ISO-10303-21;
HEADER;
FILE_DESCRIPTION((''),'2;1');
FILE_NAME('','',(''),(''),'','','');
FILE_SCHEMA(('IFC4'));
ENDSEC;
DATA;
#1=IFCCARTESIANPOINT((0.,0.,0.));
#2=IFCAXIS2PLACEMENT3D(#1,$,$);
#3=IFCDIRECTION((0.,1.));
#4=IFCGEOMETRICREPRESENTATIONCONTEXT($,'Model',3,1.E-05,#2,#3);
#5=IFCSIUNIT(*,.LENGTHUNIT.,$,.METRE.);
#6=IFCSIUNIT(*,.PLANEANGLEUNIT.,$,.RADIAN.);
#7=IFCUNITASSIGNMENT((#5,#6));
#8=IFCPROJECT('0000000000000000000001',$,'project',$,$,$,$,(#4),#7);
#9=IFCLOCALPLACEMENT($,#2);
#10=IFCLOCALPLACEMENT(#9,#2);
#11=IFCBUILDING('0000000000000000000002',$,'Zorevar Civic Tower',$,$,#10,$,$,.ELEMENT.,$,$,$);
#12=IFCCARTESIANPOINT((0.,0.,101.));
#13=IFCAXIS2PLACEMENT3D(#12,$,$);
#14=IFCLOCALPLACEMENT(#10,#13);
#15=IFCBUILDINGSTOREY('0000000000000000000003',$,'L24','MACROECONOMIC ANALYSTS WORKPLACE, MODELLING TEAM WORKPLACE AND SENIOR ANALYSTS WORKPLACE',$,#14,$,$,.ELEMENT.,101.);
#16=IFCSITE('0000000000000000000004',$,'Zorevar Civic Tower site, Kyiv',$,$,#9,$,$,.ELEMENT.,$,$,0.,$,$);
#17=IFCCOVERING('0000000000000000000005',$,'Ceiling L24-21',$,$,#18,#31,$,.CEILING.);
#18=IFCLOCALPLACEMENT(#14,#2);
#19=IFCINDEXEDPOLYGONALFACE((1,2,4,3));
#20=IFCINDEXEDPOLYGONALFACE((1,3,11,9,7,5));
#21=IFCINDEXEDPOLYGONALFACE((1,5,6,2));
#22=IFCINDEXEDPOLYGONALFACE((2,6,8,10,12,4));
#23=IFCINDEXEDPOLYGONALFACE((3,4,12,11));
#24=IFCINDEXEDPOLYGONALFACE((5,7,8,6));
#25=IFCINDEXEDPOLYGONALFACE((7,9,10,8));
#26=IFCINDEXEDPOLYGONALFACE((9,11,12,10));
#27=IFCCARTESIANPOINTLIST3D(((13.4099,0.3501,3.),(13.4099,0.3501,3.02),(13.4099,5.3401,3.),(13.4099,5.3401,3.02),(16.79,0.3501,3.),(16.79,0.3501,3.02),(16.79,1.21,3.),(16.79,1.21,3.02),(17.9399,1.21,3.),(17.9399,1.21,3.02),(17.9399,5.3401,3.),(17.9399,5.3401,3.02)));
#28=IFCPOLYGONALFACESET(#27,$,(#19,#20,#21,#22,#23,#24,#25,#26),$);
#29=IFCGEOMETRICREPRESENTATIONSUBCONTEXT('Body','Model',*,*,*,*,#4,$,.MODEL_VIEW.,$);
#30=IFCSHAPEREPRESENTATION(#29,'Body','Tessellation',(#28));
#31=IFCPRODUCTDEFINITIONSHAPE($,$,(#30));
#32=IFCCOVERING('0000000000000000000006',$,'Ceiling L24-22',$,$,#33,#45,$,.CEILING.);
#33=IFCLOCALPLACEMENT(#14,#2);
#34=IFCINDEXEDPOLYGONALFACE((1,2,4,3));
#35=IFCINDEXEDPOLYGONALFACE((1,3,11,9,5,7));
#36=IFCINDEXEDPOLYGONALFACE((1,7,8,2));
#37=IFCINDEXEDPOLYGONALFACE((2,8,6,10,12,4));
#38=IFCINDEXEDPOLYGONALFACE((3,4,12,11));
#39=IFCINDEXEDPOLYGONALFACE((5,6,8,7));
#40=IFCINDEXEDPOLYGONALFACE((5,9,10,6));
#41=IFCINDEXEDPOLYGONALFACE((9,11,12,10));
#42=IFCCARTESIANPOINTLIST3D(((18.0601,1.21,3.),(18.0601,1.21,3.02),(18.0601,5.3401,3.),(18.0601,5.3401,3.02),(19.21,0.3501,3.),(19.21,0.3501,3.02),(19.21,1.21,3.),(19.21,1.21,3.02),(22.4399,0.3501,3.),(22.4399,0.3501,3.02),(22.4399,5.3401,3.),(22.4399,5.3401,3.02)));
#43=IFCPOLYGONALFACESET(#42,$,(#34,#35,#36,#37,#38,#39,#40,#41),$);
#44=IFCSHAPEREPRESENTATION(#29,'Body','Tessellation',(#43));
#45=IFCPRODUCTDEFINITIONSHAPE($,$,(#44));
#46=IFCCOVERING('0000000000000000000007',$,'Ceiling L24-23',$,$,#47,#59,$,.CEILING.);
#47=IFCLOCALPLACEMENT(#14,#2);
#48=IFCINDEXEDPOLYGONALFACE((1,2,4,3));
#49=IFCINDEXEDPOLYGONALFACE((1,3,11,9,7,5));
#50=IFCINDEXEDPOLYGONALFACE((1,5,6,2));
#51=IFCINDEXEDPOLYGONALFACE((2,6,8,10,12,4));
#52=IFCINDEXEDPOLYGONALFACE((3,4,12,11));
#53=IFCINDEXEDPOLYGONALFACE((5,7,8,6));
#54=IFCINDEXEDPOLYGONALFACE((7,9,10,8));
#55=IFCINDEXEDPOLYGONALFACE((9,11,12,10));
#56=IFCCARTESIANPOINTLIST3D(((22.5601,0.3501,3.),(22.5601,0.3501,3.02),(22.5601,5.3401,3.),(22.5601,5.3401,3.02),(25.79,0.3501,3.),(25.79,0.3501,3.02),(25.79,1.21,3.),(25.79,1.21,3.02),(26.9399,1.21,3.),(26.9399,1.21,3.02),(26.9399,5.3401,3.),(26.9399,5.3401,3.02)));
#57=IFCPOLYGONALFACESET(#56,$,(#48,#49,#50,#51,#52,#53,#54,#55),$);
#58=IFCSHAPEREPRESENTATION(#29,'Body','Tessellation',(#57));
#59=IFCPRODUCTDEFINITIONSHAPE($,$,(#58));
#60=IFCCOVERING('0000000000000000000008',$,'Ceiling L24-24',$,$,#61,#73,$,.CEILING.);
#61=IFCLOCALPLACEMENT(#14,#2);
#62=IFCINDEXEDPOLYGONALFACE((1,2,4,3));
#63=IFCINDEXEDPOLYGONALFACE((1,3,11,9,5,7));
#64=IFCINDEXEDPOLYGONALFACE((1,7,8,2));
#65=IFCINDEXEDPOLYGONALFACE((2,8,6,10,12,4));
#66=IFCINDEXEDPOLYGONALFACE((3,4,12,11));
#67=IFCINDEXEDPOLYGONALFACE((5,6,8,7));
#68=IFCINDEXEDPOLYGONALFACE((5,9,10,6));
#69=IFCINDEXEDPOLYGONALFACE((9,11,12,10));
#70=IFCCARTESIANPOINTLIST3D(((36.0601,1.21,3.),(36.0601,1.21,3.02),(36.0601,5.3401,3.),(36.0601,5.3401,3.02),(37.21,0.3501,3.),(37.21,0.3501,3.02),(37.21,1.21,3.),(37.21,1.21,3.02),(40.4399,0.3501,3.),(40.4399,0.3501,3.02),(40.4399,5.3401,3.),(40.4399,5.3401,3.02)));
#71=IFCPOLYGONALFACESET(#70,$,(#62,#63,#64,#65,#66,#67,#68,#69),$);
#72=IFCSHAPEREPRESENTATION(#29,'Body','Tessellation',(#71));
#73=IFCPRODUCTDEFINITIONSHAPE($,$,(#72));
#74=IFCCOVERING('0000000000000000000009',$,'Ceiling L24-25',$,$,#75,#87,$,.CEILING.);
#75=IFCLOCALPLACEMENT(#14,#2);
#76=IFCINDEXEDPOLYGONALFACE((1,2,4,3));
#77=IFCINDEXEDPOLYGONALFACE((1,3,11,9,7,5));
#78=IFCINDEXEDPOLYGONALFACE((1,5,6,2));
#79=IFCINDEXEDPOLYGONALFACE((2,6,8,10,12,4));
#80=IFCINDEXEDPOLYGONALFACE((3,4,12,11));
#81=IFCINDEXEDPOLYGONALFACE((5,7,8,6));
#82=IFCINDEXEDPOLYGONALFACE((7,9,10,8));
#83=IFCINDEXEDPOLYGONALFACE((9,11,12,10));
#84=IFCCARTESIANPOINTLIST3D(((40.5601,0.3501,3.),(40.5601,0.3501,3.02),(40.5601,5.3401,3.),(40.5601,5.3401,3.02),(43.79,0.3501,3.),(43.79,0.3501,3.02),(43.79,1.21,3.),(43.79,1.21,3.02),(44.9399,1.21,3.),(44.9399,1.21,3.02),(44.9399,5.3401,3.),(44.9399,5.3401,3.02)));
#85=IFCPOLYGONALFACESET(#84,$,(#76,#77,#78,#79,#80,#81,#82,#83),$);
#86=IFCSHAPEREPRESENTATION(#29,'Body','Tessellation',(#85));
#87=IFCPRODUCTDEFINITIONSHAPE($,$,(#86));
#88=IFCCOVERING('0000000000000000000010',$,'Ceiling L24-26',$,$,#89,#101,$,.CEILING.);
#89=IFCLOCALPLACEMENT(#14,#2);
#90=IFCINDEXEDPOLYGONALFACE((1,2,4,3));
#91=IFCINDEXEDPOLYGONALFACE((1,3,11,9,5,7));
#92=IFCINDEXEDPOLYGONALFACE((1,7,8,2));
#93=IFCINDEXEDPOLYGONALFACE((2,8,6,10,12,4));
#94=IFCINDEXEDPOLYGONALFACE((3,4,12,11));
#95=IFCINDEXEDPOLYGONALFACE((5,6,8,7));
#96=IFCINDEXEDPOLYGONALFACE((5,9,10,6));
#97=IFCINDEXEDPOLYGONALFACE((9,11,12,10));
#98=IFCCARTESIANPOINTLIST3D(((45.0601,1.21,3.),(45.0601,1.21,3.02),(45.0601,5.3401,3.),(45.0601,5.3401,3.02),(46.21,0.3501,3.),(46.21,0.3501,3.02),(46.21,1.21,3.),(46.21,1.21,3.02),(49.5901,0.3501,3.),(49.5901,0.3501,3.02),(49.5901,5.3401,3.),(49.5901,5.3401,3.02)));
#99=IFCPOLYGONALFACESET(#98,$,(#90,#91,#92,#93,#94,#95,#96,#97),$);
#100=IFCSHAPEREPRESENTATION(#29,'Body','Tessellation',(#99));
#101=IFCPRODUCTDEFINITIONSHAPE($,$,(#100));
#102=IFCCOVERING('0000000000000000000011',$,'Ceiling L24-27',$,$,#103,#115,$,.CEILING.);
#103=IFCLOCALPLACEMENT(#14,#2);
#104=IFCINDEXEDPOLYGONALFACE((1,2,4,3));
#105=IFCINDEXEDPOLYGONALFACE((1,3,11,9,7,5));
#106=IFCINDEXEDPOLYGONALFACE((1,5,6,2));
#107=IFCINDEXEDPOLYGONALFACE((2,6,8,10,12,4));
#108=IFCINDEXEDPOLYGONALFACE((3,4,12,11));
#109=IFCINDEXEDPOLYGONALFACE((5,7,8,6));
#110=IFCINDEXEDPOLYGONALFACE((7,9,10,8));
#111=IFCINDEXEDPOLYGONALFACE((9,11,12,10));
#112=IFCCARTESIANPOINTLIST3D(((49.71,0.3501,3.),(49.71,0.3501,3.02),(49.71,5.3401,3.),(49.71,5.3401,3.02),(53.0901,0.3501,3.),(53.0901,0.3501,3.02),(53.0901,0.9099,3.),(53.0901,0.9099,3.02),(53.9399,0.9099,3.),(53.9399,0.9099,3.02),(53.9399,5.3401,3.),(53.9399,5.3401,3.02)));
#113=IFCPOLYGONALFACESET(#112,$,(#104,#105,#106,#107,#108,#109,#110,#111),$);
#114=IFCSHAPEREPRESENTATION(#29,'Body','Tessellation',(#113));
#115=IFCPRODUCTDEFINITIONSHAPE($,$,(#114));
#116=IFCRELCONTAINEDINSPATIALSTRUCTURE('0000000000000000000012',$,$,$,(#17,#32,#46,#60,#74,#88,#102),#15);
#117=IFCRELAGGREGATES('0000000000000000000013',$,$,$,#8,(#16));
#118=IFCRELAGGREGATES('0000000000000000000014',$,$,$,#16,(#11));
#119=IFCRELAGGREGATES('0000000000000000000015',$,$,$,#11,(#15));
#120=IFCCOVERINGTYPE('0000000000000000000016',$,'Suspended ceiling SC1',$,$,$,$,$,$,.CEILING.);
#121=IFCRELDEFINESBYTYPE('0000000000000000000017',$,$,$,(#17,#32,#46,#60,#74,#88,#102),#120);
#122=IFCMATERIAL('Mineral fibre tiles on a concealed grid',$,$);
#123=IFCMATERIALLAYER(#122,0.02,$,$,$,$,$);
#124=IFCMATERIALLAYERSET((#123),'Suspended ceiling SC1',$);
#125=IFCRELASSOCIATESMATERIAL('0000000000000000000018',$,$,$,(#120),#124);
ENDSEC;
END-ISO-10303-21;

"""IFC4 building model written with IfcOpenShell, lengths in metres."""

from ifc_helpers import new_model, si_unit, direction, frame, origin, place, context, subcontext, project, spatial, polyline, outline, extrude, material, layer, layer_set, type_object, element, save


model = new_model("IFC4")

# Units and contexts
model_context = context("Model", 3, precision=1e-05, world=origin(), true_north=direction((0.0, 1.0)))
body_context = subcontext(model_context, "Body", "Model", "MODEL_VIEW")
ifc_project = project(units=[si_unit("LENGTHUNIT", "METRE"), si_unit("PLANEANGLEUNIT", "RADIAN")], contexts=[model_context])

# Site, building, storey
site_placement = place(None, origin())
site = spatial("IfcSite", under=ifc_project, at=site_placement, Name="Zorevar Civic Tower site, Kyiv", CompositionType="ELEMENT", RefElevation=0.0)
building_placement = place(site_placement, origin())
building = spatial("IfcBuilding", under=site, at=building_placement, Name="Zorevar Civic Tower", CompositionType="ELEMENT")
storey_placement = place(building_placement, frame((0.0, 0.0, 101.0)))
storey = spatial("IfcBuildingStorey", under=building, at=storey_placement, Name="L24", Description="MACROECONOMIC ANALYSTS WORKPLACE, MODELLING TEAM WORKPLACE AND SENIOR ANALYSTS WORKPLACE", CompositionType="ELEMENT", Elevation=101.0)

# Coverings
ifc_material_1 = material(Name="Mineral fibre tiles on a concealed grid")
ifc_layer_1 = layer(ifc_material_1, 0.02)
ifc_layer_set_1 = layer_set([ifc_layer_1], Name="Suspended ceiling SC1")
covering_type_1 = type_object("IfcCoveringType", Name="Suspended ceiling SC1", PredefinedType="CEILING", material=ifc_layer_set_1)
covering_1_placement = place(storey_placement, frame((0.0, 0.0, 3.0)))
element("IfcCovering", 1, at=covering_1_placement, inside=storey, type_object=covering_type_1, Name="Ceiling L24-21", PredefinedType="CEILING", context=body_context, shape_type="SweptSolid", body=[
    extrude(outline(polyline([(17.9399, 5.3401), (17.9399, 1.21), (16.79, 1.21), (16.79, 0.3501), (13.4099, 0.3501), (13.4099, 5.3401), (17.9399, 5.3401)])), origin(), (0.0, 0.0, 1.0), 0.02),
])
covering_2_placement = place(storey_placement, frame((0.0, 0.0, 3.0)))
element("IfcCovering", 2, at=covering_2_placement, inside=storey, type_object=covering_type_1, Name="Ceiling L24-22", PredefinedType="CEILING", context=body_context, shape_type="SweptSolid", body=[
    extrude(outline(polyline([(22.4399, 5.3401), (22.4399, 0.3501), (19.21, 0.3501), (19.21, 1.21), (18.0601, 1.21), (18.0601, 5.3401), (22.4399, 5.3401)])), origin(), (0.0, 0.0, 1.0), 0.02),
])
covering_3_placement = place(storey_placement, frame((0.0, 0.0, 3.0)))
element("IfcCovering", 3, at=covering_3_placement, inside=storey, type_object=covering_type_1, Name="Ceiling L24-23", PredefinedType="CEILING", context=body_context, shape_type="SweptSolid", body=[
    extrude(outline(polyline([(26.9399, 5.3401), (26.9399, 1.21), (25.79, 1.21), (25.79, 0.3501), (22.5601, 0.3501), (22.5601, 5.3401), (26.9399, 5.3401)])), origin(), (0.0, 0.0, 1.0), 0.02),
])
covering_4_placement = place(storey_placement, frame((0.0, 0.0, 3.0)))
element("IfcCovering", 4, at=covering_4_placement, inside=storey, type_object=covering_type_1, Name="Ceiling L24-24", PredefinedType="CEILING", context=body_context, shape_type="SweptSolid", body=[
    extrude(outline(polyline([(40.4399, 5.3401), (40.4399, 0.3501), (37.21, 0.3501), (37.21, 1.21), (36.0601, 1.21), (36.0601, 5.3401), (40.4399, 5.3401)])), origin(), (0.0, 0.0, 1.0), 0.02),
])
covering_5_placement = place(storey_placement, frame((0.0, 0.0, 3.0)))
element("IfcCovering", 5, at=covering_5_placement, inside=storey, type_object=covering_type_1, Name="Ceiling L24-25", PredefinedType="CEILING", context=body_context, shape_type="SweptSolid", body=[
    extrude(outline(polyline([(44.9399, 5.3401), (44.9399, 1.21), (43.79, 1.21), (43.79, 0.3501), (40.5601, 0.3501), (40.5601, 5.3401), (44.9399, 5.3401)])), origin(), (0.0, 0.0, 1.0), 0.02),
])
covering_6_placement = place(storey_placement, frame((0.0, 0.0, 3.0)))
element("IfcCovering", 6, at=covering_6_placement, inside=storey, type_object=covering_type_1, Name="Ceiling L24-26", PredefinedType="CEILING", context=body_context, shape_type="SweptSolid", body=[
    extrude(outline(polyline([(49.5901, 5.3401), (49.5901, 0.3501), (46.21, 0.3501), (46.21, 1.21), (45.0601, 1.21), (45.0601, 5.3401), (49.5901, 5.3401)])), origin(), (0.0, 0.0, 1.0), 0.02),
])
covering_7_placement = place(storey_placement, frame((0.0, 0.0, 3.0)))
element("IfcCovering", 7, at=covering_7_placement, inside=storey, type_object=covering_type_1, Name="Ceiling L24-27", PredefinedType="CEILING", context=body_context, shape_type="SweptSolid", body=[
    extrude(outline(polyline([(53.9399, 5.3401), (53.9399, 0.9099), (53.0901, 0.9099), (53.0901, 0.3501), (49.71, 0.3501), (49.71, 5.3401), (53.9399, 5.3401)])), origin(), (0.0, 0.0, 1.0), 0.02),
])

save(model, "model.ifc")
